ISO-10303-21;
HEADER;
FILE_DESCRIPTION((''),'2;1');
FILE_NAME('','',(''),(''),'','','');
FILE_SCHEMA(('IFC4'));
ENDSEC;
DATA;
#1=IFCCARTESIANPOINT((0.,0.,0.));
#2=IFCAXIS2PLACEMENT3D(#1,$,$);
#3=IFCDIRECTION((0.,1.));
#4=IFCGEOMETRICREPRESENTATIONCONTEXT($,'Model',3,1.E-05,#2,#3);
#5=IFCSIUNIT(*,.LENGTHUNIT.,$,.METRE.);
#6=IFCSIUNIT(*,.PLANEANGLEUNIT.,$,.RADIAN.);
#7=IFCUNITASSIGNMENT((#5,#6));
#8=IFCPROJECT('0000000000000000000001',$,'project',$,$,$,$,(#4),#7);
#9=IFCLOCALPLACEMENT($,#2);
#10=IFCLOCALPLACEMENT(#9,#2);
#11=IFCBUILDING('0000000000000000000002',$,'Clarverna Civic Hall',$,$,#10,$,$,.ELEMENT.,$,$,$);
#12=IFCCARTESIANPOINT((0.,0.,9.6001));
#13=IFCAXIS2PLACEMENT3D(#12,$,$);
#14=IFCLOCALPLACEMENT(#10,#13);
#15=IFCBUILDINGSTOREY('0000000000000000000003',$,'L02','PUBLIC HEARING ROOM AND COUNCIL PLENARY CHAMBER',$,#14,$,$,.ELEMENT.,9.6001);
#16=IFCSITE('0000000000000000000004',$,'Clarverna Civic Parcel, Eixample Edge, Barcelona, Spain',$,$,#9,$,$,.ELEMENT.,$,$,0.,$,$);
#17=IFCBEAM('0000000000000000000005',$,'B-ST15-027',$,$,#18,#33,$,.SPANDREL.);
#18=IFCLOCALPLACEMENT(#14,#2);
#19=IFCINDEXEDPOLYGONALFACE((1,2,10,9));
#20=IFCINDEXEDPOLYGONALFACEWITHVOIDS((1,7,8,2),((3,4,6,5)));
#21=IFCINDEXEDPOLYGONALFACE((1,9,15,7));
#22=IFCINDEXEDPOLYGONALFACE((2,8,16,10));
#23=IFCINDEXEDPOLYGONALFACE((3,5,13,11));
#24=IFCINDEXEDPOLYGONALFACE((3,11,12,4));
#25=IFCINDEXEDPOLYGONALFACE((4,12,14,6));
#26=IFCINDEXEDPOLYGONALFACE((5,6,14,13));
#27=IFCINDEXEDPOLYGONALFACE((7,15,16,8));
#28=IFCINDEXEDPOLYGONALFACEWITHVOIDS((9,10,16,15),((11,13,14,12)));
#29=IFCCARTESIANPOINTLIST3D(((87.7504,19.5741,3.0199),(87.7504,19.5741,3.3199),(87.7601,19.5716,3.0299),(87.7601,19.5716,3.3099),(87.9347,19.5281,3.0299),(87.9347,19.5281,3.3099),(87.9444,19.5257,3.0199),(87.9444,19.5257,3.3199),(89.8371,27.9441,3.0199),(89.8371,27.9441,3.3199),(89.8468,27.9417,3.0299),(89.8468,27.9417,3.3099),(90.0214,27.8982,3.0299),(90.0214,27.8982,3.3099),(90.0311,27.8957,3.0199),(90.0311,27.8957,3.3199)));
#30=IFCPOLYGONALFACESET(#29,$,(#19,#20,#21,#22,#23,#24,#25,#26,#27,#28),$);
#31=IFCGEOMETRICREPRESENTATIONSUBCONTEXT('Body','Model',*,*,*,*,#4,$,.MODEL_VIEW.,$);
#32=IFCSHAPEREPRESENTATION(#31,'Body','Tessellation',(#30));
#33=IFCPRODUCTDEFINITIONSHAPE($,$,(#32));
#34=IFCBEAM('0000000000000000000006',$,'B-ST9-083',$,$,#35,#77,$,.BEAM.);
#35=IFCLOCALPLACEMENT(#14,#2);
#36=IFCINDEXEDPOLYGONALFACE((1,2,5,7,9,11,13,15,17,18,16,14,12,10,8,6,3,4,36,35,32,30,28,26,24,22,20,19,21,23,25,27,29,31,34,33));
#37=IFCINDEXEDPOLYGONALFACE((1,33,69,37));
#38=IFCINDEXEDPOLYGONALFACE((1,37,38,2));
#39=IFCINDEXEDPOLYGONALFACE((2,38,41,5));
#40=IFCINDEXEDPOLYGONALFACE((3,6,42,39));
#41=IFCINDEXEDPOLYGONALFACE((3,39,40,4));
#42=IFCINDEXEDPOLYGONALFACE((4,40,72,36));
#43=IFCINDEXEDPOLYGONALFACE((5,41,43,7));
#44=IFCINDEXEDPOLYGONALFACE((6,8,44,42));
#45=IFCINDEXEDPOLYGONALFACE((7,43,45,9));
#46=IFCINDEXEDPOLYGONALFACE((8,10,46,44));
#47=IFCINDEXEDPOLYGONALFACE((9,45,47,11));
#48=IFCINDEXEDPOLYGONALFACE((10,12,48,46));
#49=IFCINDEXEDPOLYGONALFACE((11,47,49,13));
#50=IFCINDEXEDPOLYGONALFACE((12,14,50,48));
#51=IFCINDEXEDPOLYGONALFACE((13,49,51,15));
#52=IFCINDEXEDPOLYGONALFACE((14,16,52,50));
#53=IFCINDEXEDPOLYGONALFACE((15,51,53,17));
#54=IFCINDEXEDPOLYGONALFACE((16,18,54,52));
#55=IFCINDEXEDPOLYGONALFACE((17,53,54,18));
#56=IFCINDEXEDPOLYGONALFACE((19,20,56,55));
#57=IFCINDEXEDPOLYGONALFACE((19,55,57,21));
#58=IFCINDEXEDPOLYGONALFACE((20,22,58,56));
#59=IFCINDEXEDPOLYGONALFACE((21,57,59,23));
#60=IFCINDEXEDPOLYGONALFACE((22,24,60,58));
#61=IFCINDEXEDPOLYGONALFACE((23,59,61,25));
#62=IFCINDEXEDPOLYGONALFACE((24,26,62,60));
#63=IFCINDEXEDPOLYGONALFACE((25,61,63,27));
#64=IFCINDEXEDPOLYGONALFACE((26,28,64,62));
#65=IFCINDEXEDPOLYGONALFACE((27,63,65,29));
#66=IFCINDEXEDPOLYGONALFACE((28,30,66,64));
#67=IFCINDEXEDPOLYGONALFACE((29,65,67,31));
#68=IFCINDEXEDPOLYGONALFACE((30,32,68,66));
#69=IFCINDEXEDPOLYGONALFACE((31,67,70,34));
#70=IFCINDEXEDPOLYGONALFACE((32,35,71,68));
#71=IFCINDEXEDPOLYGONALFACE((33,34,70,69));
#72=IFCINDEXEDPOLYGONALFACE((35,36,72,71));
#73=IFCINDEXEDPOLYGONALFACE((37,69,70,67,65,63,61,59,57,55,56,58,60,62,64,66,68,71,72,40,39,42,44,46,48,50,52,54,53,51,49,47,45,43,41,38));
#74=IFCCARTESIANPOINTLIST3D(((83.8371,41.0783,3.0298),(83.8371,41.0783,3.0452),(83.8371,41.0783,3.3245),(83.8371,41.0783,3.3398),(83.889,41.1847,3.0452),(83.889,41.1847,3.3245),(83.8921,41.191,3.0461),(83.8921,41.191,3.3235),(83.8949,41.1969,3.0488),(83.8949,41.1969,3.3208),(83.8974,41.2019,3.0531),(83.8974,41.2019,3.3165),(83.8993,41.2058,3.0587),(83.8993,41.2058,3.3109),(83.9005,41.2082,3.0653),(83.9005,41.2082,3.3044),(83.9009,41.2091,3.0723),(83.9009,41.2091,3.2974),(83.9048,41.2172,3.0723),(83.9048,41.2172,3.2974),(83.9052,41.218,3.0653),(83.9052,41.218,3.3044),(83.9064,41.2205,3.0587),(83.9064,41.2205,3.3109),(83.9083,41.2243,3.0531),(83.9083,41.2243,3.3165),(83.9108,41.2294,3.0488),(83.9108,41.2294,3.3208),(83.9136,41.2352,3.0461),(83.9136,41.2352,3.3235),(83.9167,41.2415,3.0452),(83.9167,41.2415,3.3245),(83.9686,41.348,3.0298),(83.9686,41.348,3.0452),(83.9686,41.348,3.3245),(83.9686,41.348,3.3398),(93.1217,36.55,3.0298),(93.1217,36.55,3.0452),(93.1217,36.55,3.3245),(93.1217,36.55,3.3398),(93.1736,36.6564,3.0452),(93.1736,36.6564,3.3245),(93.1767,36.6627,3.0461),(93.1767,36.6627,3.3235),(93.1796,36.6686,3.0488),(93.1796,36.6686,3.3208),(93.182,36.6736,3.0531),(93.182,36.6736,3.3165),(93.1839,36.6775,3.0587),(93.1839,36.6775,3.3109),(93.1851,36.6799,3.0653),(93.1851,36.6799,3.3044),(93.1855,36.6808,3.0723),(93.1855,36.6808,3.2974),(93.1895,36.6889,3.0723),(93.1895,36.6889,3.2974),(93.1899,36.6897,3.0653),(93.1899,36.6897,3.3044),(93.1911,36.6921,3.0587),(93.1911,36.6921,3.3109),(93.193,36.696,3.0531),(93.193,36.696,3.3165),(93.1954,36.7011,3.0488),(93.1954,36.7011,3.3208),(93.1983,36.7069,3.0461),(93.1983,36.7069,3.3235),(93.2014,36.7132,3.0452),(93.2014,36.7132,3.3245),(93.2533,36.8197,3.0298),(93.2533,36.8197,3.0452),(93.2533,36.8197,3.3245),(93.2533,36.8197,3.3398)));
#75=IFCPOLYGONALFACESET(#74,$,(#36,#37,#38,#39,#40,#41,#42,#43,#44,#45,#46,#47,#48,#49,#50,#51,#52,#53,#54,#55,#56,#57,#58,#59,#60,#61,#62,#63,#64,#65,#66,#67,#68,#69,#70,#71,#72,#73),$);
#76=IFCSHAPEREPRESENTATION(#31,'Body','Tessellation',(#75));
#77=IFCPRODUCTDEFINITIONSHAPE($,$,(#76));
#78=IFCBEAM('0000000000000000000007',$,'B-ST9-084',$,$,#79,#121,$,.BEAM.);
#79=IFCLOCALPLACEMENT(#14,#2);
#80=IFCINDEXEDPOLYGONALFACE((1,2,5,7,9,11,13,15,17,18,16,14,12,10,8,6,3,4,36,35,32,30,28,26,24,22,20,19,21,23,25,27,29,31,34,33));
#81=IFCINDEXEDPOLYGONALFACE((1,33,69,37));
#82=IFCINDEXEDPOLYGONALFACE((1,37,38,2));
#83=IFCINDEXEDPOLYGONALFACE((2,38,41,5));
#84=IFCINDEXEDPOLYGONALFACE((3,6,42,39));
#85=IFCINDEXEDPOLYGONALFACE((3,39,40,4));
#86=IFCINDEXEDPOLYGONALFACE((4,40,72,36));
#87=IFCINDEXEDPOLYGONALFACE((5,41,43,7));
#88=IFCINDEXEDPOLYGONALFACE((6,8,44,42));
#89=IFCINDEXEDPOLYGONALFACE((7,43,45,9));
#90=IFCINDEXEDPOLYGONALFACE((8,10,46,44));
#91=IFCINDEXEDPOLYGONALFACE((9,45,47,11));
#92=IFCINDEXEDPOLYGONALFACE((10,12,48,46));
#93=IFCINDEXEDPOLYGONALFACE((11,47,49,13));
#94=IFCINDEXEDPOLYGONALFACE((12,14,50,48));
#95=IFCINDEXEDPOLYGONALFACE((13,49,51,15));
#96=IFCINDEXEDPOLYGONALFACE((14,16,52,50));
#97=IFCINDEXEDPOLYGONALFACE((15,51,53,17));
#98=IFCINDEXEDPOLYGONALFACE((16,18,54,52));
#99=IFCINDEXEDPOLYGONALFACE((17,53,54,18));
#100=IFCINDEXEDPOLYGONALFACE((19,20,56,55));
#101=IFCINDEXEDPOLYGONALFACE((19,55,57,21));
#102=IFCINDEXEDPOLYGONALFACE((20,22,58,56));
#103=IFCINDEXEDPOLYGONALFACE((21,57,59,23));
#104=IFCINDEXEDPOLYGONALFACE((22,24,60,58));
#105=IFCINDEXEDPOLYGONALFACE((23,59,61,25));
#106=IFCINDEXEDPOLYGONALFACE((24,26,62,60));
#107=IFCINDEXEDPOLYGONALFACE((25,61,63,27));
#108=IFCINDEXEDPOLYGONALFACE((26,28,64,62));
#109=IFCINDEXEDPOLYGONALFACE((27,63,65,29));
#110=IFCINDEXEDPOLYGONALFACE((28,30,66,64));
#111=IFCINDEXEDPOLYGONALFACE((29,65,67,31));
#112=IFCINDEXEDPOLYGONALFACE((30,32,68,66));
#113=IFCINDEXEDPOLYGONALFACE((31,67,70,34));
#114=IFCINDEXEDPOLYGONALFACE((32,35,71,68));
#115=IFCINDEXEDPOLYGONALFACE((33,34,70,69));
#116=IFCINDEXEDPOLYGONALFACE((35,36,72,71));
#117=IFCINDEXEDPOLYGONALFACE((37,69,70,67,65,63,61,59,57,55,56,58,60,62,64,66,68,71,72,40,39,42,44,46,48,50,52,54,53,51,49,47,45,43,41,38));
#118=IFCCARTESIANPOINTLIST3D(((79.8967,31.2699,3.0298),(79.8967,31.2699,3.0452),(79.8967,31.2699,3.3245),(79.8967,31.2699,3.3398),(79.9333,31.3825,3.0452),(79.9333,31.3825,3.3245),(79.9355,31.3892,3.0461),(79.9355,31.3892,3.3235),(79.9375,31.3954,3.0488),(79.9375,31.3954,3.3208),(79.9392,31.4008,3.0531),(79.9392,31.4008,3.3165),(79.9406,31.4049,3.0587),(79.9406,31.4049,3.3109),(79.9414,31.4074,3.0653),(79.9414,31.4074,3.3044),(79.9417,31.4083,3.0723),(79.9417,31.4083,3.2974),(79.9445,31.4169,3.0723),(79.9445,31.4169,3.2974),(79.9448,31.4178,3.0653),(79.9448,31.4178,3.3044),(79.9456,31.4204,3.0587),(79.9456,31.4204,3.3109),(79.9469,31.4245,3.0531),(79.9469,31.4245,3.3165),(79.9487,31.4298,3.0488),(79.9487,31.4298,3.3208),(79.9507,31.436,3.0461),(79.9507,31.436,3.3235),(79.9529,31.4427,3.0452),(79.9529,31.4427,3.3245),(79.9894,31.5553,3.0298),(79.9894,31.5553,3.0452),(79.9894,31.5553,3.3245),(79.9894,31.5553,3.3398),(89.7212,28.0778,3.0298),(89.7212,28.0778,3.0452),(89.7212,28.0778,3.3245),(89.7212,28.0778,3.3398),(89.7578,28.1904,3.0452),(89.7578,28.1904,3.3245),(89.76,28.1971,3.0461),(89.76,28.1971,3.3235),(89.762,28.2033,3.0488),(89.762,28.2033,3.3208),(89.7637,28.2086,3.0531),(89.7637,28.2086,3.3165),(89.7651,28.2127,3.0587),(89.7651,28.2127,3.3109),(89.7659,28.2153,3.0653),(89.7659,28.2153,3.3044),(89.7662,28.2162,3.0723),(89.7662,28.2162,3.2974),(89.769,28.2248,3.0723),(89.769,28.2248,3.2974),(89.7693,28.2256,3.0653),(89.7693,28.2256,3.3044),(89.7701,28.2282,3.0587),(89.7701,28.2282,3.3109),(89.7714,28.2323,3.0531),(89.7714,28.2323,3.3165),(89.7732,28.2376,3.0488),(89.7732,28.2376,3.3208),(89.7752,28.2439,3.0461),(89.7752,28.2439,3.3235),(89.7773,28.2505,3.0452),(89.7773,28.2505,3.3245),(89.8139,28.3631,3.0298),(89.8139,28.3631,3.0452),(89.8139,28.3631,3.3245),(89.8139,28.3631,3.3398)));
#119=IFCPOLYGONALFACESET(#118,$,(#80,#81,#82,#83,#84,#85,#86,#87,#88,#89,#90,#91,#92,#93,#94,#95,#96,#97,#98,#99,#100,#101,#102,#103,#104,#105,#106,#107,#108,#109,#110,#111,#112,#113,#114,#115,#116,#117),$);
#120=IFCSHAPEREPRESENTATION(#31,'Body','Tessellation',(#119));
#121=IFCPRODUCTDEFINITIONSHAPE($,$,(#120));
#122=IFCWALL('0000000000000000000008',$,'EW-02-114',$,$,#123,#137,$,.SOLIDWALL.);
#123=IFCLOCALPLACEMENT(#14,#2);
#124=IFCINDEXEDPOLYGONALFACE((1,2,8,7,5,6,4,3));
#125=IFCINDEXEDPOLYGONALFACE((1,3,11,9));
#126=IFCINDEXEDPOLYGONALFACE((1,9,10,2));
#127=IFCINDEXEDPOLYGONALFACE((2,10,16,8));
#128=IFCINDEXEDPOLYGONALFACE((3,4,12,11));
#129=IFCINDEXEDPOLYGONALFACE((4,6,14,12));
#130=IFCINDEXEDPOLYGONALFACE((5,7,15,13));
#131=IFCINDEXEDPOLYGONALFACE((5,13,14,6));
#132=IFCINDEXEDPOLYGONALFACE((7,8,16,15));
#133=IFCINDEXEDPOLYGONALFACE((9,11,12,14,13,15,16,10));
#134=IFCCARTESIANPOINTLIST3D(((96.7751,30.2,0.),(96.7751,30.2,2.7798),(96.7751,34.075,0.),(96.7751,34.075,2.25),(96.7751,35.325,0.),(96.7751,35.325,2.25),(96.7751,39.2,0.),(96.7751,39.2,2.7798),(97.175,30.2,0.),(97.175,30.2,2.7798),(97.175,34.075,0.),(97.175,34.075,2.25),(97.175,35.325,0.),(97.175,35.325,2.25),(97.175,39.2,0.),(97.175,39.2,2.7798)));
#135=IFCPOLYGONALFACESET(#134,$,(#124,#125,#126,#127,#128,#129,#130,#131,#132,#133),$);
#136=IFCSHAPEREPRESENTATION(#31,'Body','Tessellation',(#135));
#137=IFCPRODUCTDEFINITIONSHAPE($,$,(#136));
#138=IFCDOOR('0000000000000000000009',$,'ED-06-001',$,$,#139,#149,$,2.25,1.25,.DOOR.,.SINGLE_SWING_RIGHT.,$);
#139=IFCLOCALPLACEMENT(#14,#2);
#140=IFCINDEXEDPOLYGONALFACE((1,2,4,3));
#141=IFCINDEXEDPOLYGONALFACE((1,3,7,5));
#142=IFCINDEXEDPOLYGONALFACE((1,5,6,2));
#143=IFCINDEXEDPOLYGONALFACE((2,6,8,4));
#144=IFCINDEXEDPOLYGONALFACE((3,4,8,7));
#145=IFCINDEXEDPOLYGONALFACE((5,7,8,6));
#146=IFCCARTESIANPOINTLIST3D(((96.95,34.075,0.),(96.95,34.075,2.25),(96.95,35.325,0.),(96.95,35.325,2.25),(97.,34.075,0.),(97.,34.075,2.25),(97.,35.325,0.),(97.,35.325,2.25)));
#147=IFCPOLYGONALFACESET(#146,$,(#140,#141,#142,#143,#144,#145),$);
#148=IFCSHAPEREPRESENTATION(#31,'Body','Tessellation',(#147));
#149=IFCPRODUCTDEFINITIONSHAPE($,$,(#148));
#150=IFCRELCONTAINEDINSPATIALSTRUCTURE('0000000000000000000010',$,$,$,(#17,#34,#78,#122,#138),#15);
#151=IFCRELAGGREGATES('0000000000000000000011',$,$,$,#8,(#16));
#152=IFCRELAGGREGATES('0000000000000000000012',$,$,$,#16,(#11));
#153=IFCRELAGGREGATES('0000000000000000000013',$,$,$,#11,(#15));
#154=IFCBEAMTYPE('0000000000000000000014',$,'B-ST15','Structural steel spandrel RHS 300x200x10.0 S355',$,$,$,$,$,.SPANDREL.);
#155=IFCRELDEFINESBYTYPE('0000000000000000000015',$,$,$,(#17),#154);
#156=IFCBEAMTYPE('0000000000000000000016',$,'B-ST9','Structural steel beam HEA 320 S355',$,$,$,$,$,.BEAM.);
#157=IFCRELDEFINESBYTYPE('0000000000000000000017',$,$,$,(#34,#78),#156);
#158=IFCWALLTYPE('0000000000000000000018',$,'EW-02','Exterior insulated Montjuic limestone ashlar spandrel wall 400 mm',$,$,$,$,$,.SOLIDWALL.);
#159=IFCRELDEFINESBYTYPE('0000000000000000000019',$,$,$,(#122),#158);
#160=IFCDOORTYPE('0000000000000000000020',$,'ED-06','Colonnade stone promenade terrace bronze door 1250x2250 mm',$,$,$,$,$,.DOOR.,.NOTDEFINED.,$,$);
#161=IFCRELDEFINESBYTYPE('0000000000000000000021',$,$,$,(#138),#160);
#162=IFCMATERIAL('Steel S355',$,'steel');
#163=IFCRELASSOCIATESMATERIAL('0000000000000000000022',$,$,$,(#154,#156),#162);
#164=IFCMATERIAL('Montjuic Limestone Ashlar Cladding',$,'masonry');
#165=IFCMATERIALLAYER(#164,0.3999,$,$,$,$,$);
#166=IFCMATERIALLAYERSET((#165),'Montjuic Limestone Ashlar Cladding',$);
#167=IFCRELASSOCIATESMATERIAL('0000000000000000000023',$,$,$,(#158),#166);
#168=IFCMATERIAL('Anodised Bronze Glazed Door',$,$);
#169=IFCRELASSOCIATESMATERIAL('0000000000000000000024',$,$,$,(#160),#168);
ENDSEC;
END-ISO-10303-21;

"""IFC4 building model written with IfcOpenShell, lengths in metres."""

from ifc_helpers import new_model, si_unit, direction, frame, frame_2d, origin, origin_2d, place, context, subcontext, project, spatial, rectangle, hollow_rectangle, i_section, extrude, material, layer, layer_set, material_profile, profile_set, type_object, element, fill, save


model = new_model("IFC4")

# Units and contexts
model_context = context("Model", 3, precision=1e-05, world=origin(), true_north=direction((0.0, 1.0)))
body_context = subcontext(model_context, "Body", "Model", "MODEL_VIEW")
ifc_project = project(units=[si_unit("LENGTHUNIT", "METRE"), si_unit("PLANEANGLEUNIT", "RADIAN")], contexts=[model_context])

# Site, building, storey
site_placement = place(None, origin())
site = spatial("IfcSite", under=ifc_project, at=site_placement, Name="Clarverna Civic Parcel, Eixample Edge, Barcelona, Spain", CompositionType="ELEMENT", RefElevation=0.0)
building_placement = place(site_placement, origin())
building = spatial("IfcBuilding", under=site, at=building_placement, Name="Clarverna Civic Hall", CompositionType="ELEMENT")
storey_placement = place(building_placement, frame((0.0, 0.0, 9.6001)))
storey = spatial("IfcBuildingStorey", under=building, at=storey_placement, Name="L02", Description="PUBLIC HEARING ROOM AND COUNCIL PLENARY CHAMBER", CompositionType="ELEMENT", Elevation=9.6001)

# Beams
ifc_material_1 = material(Name="Steel S355", Category="steel")
ifc_material_profile_1 = material_profile(ifc_material_1, hollow_rectangle(XDim=0.2, YDim=0.3, WallThickness=0.01, at=origin_2d()), Name="RHS 300x200x10.0")
ifc_profile_set_1 = profile_set([ifc_material_profile_1], Name="Steel S355")
beam_type_1 = type_object("IfcBeamType", Name="B-ST15", Description="Structural steel spandrel RHS 300x200x10.0 S355", PredefinedType="SPANDREL", material=ifc_profile_set_1)
beam_1_placement = place(storey_placement, frame((89.9341, 27.9199, 3.1699), z_axis=(-0.241896, -0.970302, 0.0), x_axis=(0.970302, -0.241896, 0.0)))
element("IfcBeam", 1, at=beam_1_placement, inside=storey, type_object=beam_type_1, Name="B-ST15-027", PredefinedType="SPANDREL", context=body_context, shape_type="SweptSolid", body=[
    extrude(hollow_rectangle(XDim=0.2, YDim=0.3, WallThickness=0.01, at=origin_2d()), origin(), (0.0, 0.0, 1.0), 8.6262),
])
ifc_material_profile_2 = material_profile(ifc_material_1, i_section(OverallWidth=0.3, OverallDepth=0.3101, WebThickness=0.009, FlangeThickness=0.0154, FilletRadius=0.0271, at=origin_2d()), Name="HEA 320")
ifc_profile_set_2 = profile_set([ifc_material_profile_2], Name="Steel S355")
beam_type_2 = type_object("IfcBeamType", Name="B-ST9", Description="Structural steel beam HEA 320 S355", PredefinedType="BEAM", material=ifc_profile_set_2)
for number, where, z_axis, x_axis, name in (
    (2, (93.1875, 36.6848, 3.1848), (-0.898798, 0.438362, 0.0), (-0.438362, -0.898798, 0.0), "B-ST9-083"),
    (3, (89.7676, 28.2205, 3.1848), (-0.951057, 0.309015, 0.0), (-0.309015, -0.951057, 0.0), "B-ST9-084"),
):
    element("IfcBeam", number, at=place(storey_placement, frame(where, z_axis=z_axis, x_axis=x_axis)), inside=storey, type_object=beam_type_2, Name=name, PredefinedType="BEAM", context=body_context, shape_type="SweptSolid", body=[
        extrude(i_section(OverallWidth=0.3, OverallDepth=0.3101, WebThickness=0.009, FlangeThickness=0.0154, FilletRadius=0.0271, at=origin_2d()), origin(), (0.0, 0.0, 1.0), 10.3301),
    ])

# Wall, opening, door
ifc_material_2 = material(Name="Montjuic Limestone Ashlar Cladding", Category="masonry")
ifc_layer_1 = layer(ifc_material_2, 0.3999)
ifc_layer_set_1 = layer_set([ifc_layer_1], Name="Montjuic Limestone Ashlar Cladding")
wall_type = type_object("IfcWallType", Name="EW-02", Description="Exterior insulated Montjuic limestone ashlar spandrel wall 400 mm", PredefinedType="SOLIDWALL", material=ifc_layer_set_1)
wall_1_placement = place(storey_placement, frame((96.9751, 39.2, 0.0), z_axis=(0.0, 0.0, 1.0), x_axis=(0.0, -1.0, 0.0)))
wall_1 = element("IfcWall", 4, at=wall_1_placement, inside=storey, type_object=wall_type, Name="EW-02-114", PredefinedType="SOLIDWALL", context=body_context, shape_type="SweptSolid", body=[
    extrude(rectangle(XDim=9.0, YDim=0.3999, at=frame_2d((4.5, 0.0))), origin(), (0.0, 0.0, 1.0), 2.7798),
])
opening_1_placement = place(wall_1_placement, frame((3.875, 0.0, 0.0)))
opening_1 = element("IfcOpeningElement", 5, at=opening_1_placement, cuts=wall_1, PredefinedType="OPENING", context=body_context, shape_type="SweptSolid", body=[
    extrude(rectangle(XDim=1.25, YDim=2.25, at=frame_2d((0.625, 1.125))), frame((0.0, 0.21, 0.0), z_axis=(0.0, -1.0, 0.0), x_axis=(1.0, 0.0, 0.0)), (0.0, 0.0, 1.0), 0.4199),
])
ifc_material_3 = material(Name="Anodised Bronze Glazed Door")
door_type = type_object("IfcDoorType", Name="ED-06", Description="Colonnade stone promenade terrace bronze door 1250x2250 mm", OperationType="NOTDEFINED", PredefinedType="DOOR", material=ifc_material_3)
door_placement = place(opening_1_placement, origin())
door = element("IfcDoor", 6, at=door_placement, inside=storey, type_object=door_type, Name="ED-06-001", OperationType="SINGLE_SWING_RIGHT", OverallHeight=2.25, OverallWidth=1.25, PredefinedType="DOOR", context=body_context, shape_type="SweptSolid", body=[
    extrude(rectangle(XDim=1.25, YDim=2.25, at=frame_2d((0.625, 1.125))), frame((0.0, 0.0249, 0.0), z_axis=(0.0, -1.0, 0.0), x_axis=(1.0, 0.0, 0.0)), (0.0, 0.0, 1.0), 0.05),
])
fill(opening_1, door)

save(model, "model.ifc")
